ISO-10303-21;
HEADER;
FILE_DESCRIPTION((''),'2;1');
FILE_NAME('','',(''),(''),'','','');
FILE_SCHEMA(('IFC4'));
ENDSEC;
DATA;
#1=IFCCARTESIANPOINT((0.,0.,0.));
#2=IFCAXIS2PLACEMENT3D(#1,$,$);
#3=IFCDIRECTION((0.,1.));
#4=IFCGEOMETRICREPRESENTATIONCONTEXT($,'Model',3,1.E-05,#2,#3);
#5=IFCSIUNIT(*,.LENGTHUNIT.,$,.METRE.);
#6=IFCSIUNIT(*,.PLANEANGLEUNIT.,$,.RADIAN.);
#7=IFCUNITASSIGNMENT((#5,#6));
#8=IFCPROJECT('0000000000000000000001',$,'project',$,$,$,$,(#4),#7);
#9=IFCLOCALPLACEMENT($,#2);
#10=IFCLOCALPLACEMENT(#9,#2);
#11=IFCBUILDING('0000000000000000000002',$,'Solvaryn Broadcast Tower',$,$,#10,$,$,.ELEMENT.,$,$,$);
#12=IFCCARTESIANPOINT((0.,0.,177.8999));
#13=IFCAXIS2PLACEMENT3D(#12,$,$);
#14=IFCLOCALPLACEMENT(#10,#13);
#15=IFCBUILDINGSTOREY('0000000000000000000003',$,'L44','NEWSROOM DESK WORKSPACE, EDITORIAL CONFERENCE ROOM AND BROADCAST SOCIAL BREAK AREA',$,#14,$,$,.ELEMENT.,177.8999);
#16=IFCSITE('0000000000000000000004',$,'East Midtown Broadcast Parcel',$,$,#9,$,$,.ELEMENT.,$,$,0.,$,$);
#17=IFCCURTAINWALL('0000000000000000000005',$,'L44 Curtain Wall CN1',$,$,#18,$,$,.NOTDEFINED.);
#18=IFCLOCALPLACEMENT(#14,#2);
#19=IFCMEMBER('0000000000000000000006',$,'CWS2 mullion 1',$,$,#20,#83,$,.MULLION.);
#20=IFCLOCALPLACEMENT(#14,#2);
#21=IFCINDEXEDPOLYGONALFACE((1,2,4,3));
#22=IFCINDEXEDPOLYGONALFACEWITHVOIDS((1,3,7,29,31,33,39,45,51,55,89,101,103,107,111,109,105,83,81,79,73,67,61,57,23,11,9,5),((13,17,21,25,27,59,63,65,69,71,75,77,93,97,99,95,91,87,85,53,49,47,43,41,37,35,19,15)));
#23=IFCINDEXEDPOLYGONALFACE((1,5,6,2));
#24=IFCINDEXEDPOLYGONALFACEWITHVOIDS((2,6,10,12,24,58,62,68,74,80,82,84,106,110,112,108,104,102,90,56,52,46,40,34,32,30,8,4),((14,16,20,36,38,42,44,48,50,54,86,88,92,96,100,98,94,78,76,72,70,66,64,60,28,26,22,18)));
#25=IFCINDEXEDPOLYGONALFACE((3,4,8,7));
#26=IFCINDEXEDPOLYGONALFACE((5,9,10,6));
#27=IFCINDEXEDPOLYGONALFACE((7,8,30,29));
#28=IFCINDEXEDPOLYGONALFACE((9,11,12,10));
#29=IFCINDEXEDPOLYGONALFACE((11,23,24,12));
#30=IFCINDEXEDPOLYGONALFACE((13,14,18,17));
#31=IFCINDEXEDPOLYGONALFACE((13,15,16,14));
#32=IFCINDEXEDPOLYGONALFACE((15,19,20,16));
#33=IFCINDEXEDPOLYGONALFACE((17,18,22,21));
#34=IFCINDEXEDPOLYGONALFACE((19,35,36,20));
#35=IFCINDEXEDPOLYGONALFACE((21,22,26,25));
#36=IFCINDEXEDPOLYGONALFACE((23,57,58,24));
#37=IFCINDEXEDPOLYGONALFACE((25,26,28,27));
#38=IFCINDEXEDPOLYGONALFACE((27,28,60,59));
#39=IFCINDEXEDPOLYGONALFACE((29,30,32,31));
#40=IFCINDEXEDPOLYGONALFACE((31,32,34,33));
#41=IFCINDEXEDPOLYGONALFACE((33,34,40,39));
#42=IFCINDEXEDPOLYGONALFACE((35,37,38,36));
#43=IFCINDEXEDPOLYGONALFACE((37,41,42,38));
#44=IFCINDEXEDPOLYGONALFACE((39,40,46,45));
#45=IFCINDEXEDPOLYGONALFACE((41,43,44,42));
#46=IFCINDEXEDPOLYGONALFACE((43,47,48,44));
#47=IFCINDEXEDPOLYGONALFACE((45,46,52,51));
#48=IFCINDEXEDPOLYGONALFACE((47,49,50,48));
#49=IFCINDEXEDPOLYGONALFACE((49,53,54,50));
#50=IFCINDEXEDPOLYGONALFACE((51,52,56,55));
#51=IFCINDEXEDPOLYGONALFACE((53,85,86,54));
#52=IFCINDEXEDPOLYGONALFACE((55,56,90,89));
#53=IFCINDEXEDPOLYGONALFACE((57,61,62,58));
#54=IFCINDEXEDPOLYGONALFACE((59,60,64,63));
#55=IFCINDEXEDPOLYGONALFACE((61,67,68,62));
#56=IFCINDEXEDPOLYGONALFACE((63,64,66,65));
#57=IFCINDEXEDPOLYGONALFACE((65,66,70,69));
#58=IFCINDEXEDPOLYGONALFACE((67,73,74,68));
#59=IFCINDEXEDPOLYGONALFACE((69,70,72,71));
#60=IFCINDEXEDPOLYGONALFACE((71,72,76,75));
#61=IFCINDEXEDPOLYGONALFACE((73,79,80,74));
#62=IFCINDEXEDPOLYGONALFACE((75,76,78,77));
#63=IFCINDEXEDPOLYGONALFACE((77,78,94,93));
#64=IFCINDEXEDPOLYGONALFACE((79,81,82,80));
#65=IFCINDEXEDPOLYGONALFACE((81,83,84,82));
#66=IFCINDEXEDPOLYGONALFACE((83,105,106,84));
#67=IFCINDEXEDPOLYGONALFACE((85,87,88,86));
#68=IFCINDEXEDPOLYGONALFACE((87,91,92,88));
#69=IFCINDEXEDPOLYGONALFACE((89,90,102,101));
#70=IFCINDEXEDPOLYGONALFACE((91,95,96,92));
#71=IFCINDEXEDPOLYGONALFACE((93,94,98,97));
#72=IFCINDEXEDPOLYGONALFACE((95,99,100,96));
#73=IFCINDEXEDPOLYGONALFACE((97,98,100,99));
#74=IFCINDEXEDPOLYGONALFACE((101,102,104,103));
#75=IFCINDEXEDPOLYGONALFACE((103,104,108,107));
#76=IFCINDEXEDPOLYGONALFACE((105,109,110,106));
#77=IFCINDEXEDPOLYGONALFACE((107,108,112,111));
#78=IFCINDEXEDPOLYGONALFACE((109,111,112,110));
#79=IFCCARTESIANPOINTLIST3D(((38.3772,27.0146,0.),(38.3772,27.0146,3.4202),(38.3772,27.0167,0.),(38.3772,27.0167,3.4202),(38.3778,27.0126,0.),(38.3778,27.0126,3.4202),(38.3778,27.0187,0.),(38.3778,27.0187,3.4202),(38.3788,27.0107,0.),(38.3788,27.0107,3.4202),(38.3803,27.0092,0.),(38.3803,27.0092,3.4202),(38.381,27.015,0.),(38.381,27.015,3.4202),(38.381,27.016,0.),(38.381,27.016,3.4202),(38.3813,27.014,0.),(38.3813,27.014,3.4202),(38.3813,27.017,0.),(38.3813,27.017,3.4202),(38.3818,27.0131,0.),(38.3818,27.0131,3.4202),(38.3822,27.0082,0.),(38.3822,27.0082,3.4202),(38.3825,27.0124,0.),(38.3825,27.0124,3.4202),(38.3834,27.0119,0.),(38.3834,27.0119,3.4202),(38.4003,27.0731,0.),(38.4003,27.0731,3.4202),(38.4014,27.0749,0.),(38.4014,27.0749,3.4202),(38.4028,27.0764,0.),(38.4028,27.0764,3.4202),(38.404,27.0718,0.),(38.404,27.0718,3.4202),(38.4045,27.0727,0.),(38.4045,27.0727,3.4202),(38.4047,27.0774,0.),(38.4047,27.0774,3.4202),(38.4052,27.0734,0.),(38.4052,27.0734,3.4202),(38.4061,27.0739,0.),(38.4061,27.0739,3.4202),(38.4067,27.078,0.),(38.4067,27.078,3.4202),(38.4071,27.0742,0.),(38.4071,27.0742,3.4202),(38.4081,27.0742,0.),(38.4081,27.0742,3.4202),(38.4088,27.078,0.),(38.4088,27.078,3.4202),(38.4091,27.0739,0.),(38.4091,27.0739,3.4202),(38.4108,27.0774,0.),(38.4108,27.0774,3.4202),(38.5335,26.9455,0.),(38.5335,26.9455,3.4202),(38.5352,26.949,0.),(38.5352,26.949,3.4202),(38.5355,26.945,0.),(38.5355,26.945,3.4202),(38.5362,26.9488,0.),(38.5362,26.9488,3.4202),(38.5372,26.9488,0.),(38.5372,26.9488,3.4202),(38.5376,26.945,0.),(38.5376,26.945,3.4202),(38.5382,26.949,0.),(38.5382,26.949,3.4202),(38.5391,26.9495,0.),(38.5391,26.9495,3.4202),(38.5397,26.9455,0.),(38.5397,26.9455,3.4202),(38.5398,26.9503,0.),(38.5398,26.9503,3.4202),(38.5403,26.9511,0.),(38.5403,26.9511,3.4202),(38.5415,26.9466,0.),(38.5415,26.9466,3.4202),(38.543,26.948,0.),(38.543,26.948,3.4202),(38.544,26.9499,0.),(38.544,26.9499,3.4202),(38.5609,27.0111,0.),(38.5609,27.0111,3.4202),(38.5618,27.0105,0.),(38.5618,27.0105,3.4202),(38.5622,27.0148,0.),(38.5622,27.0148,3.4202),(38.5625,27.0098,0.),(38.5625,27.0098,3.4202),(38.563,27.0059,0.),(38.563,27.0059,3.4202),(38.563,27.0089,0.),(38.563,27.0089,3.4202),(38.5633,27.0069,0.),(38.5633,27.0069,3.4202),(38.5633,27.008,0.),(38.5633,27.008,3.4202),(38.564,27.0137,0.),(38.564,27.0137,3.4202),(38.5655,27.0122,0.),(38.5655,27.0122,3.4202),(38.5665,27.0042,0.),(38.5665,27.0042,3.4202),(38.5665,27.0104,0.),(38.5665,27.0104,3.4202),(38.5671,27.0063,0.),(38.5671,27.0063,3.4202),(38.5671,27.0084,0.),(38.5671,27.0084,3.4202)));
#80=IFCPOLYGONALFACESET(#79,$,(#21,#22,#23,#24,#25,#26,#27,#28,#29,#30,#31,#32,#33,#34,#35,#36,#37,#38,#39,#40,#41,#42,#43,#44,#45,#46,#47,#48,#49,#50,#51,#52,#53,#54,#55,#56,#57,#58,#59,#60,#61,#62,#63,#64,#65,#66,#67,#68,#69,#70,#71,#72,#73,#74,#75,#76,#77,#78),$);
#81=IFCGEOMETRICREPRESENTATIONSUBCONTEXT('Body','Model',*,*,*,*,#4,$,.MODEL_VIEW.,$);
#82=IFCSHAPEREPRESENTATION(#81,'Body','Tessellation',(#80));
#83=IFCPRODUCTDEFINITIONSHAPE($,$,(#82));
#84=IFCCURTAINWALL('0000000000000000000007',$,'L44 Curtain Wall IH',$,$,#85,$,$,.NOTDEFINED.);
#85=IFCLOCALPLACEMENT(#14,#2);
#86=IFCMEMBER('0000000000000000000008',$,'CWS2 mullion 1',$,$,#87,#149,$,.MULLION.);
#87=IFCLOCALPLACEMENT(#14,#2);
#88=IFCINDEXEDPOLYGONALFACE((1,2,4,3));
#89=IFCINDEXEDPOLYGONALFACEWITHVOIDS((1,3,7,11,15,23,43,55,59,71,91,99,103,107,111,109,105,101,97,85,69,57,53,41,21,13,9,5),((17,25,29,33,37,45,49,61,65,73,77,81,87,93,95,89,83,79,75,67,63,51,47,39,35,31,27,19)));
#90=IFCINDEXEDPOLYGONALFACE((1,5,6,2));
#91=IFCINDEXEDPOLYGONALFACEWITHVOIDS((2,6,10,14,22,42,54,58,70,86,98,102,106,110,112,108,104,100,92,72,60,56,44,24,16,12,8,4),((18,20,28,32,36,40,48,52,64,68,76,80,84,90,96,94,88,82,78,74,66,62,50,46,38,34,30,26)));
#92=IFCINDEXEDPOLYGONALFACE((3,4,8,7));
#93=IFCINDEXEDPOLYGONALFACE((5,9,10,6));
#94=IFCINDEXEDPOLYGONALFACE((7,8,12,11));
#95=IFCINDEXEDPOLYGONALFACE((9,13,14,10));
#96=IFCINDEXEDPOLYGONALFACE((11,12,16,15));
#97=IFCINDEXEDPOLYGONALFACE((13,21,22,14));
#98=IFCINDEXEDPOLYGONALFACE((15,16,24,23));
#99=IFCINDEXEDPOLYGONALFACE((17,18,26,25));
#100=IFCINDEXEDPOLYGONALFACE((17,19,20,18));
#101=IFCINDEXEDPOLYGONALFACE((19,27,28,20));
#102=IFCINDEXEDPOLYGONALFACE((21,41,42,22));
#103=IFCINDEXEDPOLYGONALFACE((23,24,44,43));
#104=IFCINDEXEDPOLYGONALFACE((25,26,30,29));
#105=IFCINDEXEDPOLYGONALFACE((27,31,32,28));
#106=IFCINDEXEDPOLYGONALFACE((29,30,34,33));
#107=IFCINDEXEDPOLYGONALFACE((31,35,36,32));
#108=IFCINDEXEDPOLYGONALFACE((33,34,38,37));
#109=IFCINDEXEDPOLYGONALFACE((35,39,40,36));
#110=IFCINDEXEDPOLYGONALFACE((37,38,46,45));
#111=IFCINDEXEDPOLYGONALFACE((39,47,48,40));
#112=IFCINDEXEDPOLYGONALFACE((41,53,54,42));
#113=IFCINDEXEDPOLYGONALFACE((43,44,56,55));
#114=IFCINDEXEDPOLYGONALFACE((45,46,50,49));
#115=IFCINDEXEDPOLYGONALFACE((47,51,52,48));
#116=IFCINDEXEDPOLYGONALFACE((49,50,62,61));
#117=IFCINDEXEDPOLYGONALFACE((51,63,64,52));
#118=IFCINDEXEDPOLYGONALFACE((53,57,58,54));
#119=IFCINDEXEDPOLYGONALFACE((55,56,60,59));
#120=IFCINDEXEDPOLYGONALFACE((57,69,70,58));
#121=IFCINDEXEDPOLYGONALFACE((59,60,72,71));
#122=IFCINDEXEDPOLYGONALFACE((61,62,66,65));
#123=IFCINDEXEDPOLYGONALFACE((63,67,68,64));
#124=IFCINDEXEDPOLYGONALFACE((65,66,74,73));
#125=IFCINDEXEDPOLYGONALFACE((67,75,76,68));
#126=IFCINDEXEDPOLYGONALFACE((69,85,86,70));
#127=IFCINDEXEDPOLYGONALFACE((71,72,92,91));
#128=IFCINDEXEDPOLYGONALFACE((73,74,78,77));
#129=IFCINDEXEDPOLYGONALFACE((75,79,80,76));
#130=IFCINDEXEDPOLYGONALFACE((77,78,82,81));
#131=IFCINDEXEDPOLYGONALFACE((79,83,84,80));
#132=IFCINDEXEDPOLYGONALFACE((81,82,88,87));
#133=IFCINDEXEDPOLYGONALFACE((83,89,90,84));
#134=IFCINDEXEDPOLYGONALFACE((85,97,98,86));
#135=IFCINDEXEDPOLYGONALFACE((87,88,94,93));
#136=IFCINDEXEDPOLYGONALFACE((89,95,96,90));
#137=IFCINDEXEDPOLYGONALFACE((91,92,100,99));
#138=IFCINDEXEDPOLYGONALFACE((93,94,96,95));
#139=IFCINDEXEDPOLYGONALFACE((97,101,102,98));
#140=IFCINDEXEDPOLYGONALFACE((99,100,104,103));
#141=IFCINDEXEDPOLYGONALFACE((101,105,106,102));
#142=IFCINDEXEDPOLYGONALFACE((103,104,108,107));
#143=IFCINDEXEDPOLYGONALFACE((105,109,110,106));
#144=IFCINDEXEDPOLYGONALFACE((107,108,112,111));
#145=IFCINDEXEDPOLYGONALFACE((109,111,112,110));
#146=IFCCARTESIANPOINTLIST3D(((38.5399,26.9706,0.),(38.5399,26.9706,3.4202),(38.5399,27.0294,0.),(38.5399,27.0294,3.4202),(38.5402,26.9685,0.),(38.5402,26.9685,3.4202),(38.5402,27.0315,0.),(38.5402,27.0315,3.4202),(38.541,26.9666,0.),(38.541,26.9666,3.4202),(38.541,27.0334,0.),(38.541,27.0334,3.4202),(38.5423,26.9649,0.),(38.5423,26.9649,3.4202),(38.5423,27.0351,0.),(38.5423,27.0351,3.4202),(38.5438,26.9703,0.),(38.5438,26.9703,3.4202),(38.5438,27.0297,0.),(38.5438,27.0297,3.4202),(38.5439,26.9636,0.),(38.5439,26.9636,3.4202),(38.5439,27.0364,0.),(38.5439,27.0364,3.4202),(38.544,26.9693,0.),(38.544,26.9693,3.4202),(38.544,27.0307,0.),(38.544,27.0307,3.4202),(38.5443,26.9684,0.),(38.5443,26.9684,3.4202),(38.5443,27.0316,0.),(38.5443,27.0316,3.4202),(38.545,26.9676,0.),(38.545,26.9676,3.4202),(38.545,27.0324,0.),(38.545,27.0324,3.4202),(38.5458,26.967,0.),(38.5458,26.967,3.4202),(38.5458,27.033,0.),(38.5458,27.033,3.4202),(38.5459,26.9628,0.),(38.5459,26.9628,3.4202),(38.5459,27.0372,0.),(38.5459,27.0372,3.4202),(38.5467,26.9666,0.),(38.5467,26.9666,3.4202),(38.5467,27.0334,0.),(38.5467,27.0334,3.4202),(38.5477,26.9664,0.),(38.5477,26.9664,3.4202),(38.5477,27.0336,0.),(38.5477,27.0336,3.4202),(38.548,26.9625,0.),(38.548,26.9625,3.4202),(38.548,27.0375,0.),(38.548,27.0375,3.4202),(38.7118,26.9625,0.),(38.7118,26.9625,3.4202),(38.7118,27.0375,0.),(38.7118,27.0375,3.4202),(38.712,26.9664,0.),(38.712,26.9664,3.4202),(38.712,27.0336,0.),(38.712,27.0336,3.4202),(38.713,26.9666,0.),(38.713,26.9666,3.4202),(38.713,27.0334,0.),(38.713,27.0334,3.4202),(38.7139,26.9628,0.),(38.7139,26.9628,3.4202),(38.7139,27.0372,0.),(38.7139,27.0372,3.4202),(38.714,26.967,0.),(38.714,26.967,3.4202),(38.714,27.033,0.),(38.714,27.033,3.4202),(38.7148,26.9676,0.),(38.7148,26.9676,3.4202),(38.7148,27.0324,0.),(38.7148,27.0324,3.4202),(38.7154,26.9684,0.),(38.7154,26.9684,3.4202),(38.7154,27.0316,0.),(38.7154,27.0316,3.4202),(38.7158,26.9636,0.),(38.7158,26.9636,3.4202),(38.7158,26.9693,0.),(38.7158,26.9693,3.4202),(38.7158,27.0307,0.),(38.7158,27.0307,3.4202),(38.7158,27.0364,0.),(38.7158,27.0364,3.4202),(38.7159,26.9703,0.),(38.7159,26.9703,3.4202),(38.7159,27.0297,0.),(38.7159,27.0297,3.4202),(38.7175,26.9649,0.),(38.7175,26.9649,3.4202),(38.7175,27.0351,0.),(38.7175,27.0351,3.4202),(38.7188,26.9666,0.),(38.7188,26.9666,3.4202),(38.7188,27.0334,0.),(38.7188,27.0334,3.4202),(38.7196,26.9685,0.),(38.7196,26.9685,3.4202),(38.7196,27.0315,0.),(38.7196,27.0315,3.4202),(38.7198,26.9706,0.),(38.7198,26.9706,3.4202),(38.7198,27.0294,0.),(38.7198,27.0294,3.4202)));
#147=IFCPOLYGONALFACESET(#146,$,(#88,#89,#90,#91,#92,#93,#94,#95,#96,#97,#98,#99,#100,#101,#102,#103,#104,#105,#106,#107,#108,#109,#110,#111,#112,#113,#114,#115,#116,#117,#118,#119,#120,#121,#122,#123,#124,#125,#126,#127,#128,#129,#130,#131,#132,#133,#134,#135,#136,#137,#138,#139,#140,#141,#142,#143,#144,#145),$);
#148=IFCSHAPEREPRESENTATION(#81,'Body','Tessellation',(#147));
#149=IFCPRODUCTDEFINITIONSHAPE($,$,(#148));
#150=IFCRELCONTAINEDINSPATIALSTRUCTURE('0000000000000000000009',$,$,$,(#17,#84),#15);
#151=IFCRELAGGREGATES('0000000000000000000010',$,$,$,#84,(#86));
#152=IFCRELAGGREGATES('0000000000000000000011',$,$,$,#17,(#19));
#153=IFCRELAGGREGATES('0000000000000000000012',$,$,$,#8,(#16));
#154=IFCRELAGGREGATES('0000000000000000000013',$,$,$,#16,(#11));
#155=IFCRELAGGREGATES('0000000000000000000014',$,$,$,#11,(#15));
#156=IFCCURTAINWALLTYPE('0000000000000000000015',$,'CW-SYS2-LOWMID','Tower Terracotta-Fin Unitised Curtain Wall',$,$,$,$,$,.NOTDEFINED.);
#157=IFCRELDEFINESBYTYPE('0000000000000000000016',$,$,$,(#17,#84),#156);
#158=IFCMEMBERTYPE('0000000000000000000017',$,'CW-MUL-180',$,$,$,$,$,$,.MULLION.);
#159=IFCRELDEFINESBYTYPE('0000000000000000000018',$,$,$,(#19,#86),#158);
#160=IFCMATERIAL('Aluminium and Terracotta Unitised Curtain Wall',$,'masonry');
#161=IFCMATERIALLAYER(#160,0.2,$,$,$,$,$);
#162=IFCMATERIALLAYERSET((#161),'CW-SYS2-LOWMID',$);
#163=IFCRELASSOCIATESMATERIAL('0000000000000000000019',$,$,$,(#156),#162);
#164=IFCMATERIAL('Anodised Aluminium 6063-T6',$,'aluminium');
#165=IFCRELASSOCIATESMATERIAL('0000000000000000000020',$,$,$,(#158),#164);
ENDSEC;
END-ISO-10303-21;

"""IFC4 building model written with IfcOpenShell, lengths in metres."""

from ifc_helpers import new_model, si_unit, direction, frame, origin, origin_2d, place, context, subcontext, project, spatial, hollow_rectangle, extrude, material, layer, layer_set, material_profile, profile_set, type_object, element, aggregate, save


model = new_model("IFC4")

# Units and contexts
model_context = context("Model", 3, precision=1e-05, world=origin(), true_north=direction((0.0, 1.0)))
body_context = subcontext(model_context, "Body", "Model", "MODEL_VIEW")
ifc_project = project(units=[si_unit("LENGTHUNIT", "METRE"), si_unit("PLANEANGLEUNIT", "RADIAN")], contexts=[model_context])

# Site, building, storey
site_placement = place(None, origin())
site = spatial("IfcSite", under=ifc_project, at=site_placement, Name="East Midtown Broadcast Parcel", CompositionType="ELEMENT", RefElevation=0.0)
building_placement = place(site_placement, origin())
building = spatial("IfcBuilding", under=site, at=building_placement, Name="Solvaryn Broadcast Tower", CompositionType="ELEMENT")
storey_placement = place(building_placement, frame((0.0, 0.0, 177.8999)))
storey = spatial("IfcBuildingStorey", under=building, at=storey_placement, Name="L44", Description="NEWSROOM DESK WORKSPACE, EDITORIAL CONFERENCE ROOM AND BROADCAST SOCIAL BREAK AREA", CompositionType="ELEMENT", Elevation=177.8999)

# Curtain walls, members
ifc_material_1 = material(Name="Aluminium and Terracotta Unitised Curtain Wall", Category="masonry")
ifc_layer_1 = layer(ifc_material_1, 0.2)
ifc_layer_set_1 = layer_set([ifc_layer_1], Name="CW-SYS2-LOWMID")
curtain_wall_type = type_object("IfcCurtainWallType", Name="CW-SYS2-LOWMID", Description="Tower Terracotta-Fin Unitised Curtain Wall", PredefinedType="NOTDEFINED", material=ifc_layer_set_1)
curtain_wall_1_placement = place(storey_placement, origin())
curtain_wall_1 = element("IfcCurtainWall", 1, at=curtain_wall_1_placement, inside=storey, type_object=curtain_wall_type, Name="L44 Curtain Wall CN1", PredefinedType="NOTDEFINED")
ifc_material_2 = material(Name="Anodised Aluminium 6063-T6", Category="aluminium")
ifc_material_profile_1 = material_profile(ifc_material_2, hollow_rectangle(XDim=0.075, YDim=0.1799, WallThickness=0.0039, InnerFilletRadius=0.0039, OuterFilletRadius=0.0081, at=origin_2d()))
ifc_profile_set_1 = profile_set([ifc_material_profile_1], Name="Anodised Aluminium 6063-T6")
member_type_1 = type_object("IfcMemberType", Name="CW-MUL-180", PredefinedType="MULLION", material=ifc_profile_set_1)
member_1_placement = place(storey_placement, frame((38.4722, 27.0115, 0.0), z_axis=(0.0, 0.0, 1.0), x_axis=(-0.382646, -0.923895, 0.0)))
member_1 = element("IfcMember", 2, at=member_1_placement, type_object=member_type_1, Name="CWS2 mullion 1", PredefinedType="MULLION", context=body_context, shape_type="SweptSolid", body=[
    extrude(hollow_rectangle(XDim=0.075, YDim=0.1799, WallThickness=0.0039, InnerFilletRadius=0.0039, OuterFilletRadius=0.0081, at=origin_2d()), origin(), (0.0, 0.0, 1.0), 3.4202),
])
curtain_wall_2_placement = place(storey_placement, origin())
curtain_wall_2 = element("IfcCurtainWall", 3, at=curtain_wall_2_placement, inside=storey, type_object=curtain_wall_type, Name="L44 Curtain Wall IH", PredefinedType="NOTDEFINED")
member_2_placement = place(storey_placement, frame((38.6299, 27.0, 0.0), z_axis=(0.0, 0.0, 1.0), x_axis=(0.0, 1.0, 0.0)))
member_2 = element("IfcMember", 4, at=member_2_placement, type_object=member_type_1, Name="CWS2 mullion 1", PredefinedType="MULLION", context=body_context, shape_type="SweptSolid", body=[
    extrude(hollow_rectangle(XDim=0.075, YDim=0.1799, WallThickness=0.0039, InnerFilletRadius=0.0039, OuterFilletRadius=0.0081, at=origin_2d()), origin(), (0.0, 0.0, 1.0), 3.4202),
])
aggregate(curtain_wall_2, [member_2])

aggregate(curtain_wall_1, [member_1])

save(model, "model.ifc")
